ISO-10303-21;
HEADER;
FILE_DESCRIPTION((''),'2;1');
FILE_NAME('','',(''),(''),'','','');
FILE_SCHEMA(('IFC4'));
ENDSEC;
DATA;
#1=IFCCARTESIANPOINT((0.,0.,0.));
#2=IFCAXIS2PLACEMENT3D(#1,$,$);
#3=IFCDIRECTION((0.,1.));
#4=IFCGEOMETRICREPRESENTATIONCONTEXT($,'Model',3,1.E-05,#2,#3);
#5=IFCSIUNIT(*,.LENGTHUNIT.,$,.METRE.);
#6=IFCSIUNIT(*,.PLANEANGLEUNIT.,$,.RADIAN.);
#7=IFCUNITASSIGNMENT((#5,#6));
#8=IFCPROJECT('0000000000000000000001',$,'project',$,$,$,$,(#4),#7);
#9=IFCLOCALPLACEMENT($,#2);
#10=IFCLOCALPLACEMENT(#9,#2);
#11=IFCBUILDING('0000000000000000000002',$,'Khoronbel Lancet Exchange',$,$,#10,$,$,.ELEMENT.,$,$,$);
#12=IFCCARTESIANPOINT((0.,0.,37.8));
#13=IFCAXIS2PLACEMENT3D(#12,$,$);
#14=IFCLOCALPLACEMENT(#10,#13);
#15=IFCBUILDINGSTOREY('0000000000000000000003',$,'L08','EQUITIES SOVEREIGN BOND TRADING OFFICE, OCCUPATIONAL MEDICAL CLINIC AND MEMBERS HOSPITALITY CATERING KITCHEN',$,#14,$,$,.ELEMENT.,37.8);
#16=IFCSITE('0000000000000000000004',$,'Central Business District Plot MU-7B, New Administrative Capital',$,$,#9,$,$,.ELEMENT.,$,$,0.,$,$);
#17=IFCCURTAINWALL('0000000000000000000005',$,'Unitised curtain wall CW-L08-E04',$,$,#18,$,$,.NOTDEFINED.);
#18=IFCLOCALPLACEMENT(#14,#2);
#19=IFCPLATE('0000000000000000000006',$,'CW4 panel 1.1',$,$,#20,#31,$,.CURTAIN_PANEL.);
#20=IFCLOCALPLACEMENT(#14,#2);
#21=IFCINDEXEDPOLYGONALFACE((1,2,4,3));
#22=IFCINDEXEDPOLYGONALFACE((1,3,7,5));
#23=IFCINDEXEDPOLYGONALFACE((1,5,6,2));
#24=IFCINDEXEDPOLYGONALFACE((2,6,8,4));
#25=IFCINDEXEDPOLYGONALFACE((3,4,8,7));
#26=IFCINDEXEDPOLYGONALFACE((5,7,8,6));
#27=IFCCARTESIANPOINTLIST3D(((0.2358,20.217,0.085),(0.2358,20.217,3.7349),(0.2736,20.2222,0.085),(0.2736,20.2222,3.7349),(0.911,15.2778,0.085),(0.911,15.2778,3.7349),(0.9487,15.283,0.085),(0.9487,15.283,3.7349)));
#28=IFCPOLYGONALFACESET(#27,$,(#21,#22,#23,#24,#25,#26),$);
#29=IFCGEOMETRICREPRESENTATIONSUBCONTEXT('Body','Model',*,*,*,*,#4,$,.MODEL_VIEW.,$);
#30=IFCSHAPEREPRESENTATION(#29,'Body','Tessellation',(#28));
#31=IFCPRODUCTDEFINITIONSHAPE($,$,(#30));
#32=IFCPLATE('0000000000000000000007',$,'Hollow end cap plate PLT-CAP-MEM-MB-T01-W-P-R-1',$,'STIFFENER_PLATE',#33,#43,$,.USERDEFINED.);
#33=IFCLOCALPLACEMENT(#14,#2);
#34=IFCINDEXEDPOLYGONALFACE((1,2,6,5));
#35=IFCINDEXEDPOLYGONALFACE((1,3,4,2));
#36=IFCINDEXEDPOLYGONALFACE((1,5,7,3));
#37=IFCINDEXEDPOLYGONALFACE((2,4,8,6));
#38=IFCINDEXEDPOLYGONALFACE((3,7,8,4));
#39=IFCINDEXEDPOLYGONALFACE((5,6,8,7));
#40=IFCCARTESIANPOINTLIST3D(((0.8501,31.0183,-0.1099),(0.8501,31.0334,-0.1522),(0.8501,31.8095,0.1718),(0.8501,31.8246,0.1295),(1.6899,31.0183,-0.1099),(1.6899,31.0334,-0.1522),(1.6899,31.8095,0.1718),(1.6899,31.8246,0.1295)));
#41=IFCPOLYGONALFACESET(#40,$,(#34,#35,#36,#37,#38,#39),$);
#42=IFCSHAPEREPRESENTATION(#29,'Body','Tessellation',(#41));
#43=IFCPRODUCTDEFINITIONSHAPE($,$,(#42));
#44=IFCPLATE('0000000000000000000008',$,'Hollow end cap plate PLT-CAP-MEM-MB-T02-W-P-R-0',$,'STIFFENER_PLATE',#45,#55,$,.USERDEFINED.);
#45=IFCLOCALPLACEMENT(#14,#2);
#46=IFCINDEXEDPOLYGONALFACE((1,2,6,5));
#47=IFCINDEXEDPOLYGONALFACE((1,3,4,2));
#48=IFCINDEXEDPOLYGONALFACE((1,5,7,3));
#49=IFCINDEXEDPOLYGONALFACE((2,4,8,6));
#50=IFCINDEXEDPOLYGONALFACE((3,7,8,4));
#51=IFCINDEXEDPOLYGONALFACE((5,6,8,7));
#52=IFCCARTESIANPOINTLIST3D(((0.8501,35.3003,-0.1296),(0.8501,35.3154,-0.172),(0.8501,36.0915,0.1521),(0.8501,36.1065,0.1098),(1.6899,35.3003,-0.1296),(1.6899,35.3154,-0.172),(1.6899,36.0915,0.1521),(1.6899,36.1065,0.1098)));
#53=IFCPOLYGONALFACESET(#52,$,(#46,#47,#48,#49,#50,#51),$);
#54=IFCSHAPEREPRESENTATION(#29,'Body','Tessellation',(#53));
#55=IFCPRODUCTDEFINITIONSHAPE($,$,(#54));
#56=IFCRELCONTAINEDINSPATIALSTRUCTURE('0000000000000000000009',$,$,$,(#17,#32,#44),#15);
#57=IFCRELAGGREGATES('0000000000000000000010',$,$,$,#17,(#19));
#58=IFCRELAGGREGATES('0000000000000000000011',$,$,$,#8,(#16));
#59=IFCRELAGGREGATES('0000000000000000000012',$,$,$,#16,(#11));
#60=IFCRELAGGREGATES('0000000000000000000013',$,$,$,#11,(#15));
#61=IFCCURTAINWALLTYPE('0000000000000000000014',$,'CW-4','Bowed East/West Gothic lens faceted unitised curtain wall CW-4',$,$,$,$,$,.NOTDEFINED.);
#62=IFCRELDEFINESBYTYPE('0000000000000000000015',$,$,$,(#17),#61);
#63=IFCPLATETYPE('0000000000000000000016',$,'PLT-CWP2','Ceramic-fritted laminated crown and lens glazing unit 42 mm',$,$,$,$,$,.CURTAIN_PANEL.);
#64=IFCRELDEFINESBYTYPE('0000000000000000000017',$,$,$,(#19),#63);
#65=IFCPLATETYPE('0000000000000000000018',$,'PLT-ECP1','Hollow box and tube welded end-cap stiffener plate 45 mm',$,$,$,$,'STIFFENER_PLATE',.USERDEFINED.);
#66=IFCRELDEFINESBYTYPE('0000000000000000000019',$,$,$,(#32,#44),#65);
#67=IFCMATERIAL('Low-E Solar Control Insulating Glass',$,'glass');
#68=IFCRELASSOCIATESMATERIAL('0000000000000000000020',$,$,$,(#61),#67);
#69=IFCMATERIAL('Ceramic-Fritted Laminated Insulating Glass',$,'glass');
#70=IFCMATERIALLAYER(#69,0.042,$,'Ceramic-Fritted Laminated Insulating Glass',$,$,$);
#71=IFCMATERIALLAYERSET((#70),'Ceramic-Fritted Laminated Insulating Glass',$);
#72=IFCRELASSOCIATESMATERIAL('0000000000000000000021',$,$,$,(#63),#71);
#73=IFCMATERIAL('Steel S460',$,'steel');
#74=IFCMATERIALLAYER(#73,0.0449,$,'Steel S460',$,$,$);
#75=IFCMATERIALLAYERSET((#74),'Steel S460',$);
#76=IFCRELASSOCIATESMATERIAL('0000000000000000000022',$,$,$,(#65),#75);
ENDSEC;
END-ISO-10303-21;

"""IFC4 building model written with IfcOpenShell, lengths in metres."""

from ifc_helpers import new_model, si_unit, direction, frame, origin, origin_2d, place, context, subcontext, project, spatial, polyline, rectangle, outline, extrude, material, layer, layer_set, type_object, element, aggregate, save


model = new_model("IFC4")

# Units and contexts
model_context = context("Model", 3, precision=1e-05, world=origin(), true_north=direction((0.0, 1.0)))
body_context = subcontext(model_context, "Body", "Model", "MODEL_VIEW")
ifc_project = project(units=[si_unit("LENGTHUNIT", "METRE"), si_unit("PLANEANGLEUNIT", "RADIAN")], contexts=[model_context])

# Site, building, storey
site_placement = place(None, origin())
site = spatial("IfcSite", under=ifc_project, at=site_placement, Name="Central Business District Plot MU-7B, New Administrative Capital", CompositionType="ELEMENT", RefElevation=0.0)
building_placement = place(site_placement, origin())
building = spatial("IfcBuilding", under=site, at=building_placement, Name="Khoronbel Lancet Exchange", CompositionType="ELEMENT")
storey_placement = place(building_placement, frame((0.0, 0.0, 37.8)))
storey = spatial("IfcBuildingStorey", under=building, at=storey_placement, Name="L08", Description="EQUITIES SOVEREIGN BOND TRADING OFFICE, OCCUPATIONAL MEDICAL CLINIC AND MEMBERS HOSPITALITY CATERING KITCHEN", CompositionType="ELEMENT", Elevation=37.8)

# Curtain wall
ifc_material_1 = material(Name="Low-E Solar Control Insulating Glass", Category="glass")
curtain_wall_type = type_object("IfcCurtainWallType", Name="CW-4", Description="Bowed East/West Gothic lens faceted unitised curtain wall CW-4", PredefinedType="NOTDEFINED", material=ifc_material_1)
curtain_wall_1_placement = place(storey_placement, origin())
curtain_wall_1 = element("IfcCurtainWall", 1, at=curtain_wall_1_placement, inside=storey, type_object=curtain_wall_type, Name="Unitised curtain wall CW-L08-E04", PredefinedType="NOTDEFINED")

# Plate
ifc_material_2 = material(Name="Ceramic-Fritted Laminated Insulating Glass", Category="glass")
ifc_layer_1 = layer(ifc_material_2, 0.042, Name="Ceramic-Fritted Laminated Insulating Glass")
ifc_layer_set_1 = layer_set([ifc_layer_1], Name="Ceramic-Fritted Laminated Insulating Glass")
plate_type_1 = type_object("IfcPlateType", Name="PLT-CWP2", Description="Ceramic-fritted laminated crown and lens glazing unit 42 mm", PredefinedType="CURTAIN_PANEL", material=ifc_layer_set_1)
plate_1_placement = place(storey_placement, frame((0.5923, 17.75, 0.085), z_axis=(0.0, 0.0, 1.0), x_axis=(-0.13544, 0.990786, 0.0)))
plate_1 = element("IfcPlate", 2, at=plate_1_placement, type_object=plate_type_1, Name="CW4 panel 1.1", PredefinedType="CURTAIN_PANEL", context=body_context, shape_type="SweptSolid", body=[
    extrude(rectangle(XDim=4.9851, YDim=0.0381, at=origin_2d()), origin(), (0.0, 0.0, 1.0), 3.6499),
])
aggregate(curtain_wall_1, [plate_1])

# Plates
ifc_material_3 = material(Name="Steel S460", Category="steel")
ifc_layer_2 = layer(ifc_material_3, 0.0449, Name="Steel S460")
ifc_layer_set_2 = layer_set([ifc_layer_2], Name="Steel S460")
plate_type_2 = type_object("IfcPlateType", Name="PLT-ECP1", Description="Hollow box and tube welded end-cap stiffener plate 45 mm", ElementType="STIFFENER_PLATE", PredefinedType="USERDEFINED", material=ifc_layer_set_2)
for number, where, z_axis, x_axis, name in (
    (3, (0.8501, 31.0183, -0.1099), (0.0, -0.335434, 0.942064), (1.0, 0.0, 0.0), "Hollow end cap plate PLT-CAP-MEM-MB-T01-W-P-R-1"),
    (4, (0.8501, 35.3003, -0.1296), (0.0, -0.335434, 0.942064), (1.0, 0.0, 0.0), "Hollow end cap plate PLT-CAP-MEM-MB-T02-W-P-R-0"),
):
    element("IfcPlate", number, at=place(storey_placement, frame(where, z_axis=z_axis, x_axis=x_axis)), inside=storey, type_object=plate_type_2, Name=name, ObjectType="STIFFENER_PLATE", PredefinedType="USERDEFINED", context=body_context, shape_type="SweptSolid", body=[
        extrude(outline(polyline([(0.0, 0.0), (0.8398, 0.0), (0.8398, 0.8398), (0.0, 0.8398), (0.0, 0.0)])), origin(), (0.0, 0.0, -1.0), 0.0449),
    ])

save(model, "model.ifc")
